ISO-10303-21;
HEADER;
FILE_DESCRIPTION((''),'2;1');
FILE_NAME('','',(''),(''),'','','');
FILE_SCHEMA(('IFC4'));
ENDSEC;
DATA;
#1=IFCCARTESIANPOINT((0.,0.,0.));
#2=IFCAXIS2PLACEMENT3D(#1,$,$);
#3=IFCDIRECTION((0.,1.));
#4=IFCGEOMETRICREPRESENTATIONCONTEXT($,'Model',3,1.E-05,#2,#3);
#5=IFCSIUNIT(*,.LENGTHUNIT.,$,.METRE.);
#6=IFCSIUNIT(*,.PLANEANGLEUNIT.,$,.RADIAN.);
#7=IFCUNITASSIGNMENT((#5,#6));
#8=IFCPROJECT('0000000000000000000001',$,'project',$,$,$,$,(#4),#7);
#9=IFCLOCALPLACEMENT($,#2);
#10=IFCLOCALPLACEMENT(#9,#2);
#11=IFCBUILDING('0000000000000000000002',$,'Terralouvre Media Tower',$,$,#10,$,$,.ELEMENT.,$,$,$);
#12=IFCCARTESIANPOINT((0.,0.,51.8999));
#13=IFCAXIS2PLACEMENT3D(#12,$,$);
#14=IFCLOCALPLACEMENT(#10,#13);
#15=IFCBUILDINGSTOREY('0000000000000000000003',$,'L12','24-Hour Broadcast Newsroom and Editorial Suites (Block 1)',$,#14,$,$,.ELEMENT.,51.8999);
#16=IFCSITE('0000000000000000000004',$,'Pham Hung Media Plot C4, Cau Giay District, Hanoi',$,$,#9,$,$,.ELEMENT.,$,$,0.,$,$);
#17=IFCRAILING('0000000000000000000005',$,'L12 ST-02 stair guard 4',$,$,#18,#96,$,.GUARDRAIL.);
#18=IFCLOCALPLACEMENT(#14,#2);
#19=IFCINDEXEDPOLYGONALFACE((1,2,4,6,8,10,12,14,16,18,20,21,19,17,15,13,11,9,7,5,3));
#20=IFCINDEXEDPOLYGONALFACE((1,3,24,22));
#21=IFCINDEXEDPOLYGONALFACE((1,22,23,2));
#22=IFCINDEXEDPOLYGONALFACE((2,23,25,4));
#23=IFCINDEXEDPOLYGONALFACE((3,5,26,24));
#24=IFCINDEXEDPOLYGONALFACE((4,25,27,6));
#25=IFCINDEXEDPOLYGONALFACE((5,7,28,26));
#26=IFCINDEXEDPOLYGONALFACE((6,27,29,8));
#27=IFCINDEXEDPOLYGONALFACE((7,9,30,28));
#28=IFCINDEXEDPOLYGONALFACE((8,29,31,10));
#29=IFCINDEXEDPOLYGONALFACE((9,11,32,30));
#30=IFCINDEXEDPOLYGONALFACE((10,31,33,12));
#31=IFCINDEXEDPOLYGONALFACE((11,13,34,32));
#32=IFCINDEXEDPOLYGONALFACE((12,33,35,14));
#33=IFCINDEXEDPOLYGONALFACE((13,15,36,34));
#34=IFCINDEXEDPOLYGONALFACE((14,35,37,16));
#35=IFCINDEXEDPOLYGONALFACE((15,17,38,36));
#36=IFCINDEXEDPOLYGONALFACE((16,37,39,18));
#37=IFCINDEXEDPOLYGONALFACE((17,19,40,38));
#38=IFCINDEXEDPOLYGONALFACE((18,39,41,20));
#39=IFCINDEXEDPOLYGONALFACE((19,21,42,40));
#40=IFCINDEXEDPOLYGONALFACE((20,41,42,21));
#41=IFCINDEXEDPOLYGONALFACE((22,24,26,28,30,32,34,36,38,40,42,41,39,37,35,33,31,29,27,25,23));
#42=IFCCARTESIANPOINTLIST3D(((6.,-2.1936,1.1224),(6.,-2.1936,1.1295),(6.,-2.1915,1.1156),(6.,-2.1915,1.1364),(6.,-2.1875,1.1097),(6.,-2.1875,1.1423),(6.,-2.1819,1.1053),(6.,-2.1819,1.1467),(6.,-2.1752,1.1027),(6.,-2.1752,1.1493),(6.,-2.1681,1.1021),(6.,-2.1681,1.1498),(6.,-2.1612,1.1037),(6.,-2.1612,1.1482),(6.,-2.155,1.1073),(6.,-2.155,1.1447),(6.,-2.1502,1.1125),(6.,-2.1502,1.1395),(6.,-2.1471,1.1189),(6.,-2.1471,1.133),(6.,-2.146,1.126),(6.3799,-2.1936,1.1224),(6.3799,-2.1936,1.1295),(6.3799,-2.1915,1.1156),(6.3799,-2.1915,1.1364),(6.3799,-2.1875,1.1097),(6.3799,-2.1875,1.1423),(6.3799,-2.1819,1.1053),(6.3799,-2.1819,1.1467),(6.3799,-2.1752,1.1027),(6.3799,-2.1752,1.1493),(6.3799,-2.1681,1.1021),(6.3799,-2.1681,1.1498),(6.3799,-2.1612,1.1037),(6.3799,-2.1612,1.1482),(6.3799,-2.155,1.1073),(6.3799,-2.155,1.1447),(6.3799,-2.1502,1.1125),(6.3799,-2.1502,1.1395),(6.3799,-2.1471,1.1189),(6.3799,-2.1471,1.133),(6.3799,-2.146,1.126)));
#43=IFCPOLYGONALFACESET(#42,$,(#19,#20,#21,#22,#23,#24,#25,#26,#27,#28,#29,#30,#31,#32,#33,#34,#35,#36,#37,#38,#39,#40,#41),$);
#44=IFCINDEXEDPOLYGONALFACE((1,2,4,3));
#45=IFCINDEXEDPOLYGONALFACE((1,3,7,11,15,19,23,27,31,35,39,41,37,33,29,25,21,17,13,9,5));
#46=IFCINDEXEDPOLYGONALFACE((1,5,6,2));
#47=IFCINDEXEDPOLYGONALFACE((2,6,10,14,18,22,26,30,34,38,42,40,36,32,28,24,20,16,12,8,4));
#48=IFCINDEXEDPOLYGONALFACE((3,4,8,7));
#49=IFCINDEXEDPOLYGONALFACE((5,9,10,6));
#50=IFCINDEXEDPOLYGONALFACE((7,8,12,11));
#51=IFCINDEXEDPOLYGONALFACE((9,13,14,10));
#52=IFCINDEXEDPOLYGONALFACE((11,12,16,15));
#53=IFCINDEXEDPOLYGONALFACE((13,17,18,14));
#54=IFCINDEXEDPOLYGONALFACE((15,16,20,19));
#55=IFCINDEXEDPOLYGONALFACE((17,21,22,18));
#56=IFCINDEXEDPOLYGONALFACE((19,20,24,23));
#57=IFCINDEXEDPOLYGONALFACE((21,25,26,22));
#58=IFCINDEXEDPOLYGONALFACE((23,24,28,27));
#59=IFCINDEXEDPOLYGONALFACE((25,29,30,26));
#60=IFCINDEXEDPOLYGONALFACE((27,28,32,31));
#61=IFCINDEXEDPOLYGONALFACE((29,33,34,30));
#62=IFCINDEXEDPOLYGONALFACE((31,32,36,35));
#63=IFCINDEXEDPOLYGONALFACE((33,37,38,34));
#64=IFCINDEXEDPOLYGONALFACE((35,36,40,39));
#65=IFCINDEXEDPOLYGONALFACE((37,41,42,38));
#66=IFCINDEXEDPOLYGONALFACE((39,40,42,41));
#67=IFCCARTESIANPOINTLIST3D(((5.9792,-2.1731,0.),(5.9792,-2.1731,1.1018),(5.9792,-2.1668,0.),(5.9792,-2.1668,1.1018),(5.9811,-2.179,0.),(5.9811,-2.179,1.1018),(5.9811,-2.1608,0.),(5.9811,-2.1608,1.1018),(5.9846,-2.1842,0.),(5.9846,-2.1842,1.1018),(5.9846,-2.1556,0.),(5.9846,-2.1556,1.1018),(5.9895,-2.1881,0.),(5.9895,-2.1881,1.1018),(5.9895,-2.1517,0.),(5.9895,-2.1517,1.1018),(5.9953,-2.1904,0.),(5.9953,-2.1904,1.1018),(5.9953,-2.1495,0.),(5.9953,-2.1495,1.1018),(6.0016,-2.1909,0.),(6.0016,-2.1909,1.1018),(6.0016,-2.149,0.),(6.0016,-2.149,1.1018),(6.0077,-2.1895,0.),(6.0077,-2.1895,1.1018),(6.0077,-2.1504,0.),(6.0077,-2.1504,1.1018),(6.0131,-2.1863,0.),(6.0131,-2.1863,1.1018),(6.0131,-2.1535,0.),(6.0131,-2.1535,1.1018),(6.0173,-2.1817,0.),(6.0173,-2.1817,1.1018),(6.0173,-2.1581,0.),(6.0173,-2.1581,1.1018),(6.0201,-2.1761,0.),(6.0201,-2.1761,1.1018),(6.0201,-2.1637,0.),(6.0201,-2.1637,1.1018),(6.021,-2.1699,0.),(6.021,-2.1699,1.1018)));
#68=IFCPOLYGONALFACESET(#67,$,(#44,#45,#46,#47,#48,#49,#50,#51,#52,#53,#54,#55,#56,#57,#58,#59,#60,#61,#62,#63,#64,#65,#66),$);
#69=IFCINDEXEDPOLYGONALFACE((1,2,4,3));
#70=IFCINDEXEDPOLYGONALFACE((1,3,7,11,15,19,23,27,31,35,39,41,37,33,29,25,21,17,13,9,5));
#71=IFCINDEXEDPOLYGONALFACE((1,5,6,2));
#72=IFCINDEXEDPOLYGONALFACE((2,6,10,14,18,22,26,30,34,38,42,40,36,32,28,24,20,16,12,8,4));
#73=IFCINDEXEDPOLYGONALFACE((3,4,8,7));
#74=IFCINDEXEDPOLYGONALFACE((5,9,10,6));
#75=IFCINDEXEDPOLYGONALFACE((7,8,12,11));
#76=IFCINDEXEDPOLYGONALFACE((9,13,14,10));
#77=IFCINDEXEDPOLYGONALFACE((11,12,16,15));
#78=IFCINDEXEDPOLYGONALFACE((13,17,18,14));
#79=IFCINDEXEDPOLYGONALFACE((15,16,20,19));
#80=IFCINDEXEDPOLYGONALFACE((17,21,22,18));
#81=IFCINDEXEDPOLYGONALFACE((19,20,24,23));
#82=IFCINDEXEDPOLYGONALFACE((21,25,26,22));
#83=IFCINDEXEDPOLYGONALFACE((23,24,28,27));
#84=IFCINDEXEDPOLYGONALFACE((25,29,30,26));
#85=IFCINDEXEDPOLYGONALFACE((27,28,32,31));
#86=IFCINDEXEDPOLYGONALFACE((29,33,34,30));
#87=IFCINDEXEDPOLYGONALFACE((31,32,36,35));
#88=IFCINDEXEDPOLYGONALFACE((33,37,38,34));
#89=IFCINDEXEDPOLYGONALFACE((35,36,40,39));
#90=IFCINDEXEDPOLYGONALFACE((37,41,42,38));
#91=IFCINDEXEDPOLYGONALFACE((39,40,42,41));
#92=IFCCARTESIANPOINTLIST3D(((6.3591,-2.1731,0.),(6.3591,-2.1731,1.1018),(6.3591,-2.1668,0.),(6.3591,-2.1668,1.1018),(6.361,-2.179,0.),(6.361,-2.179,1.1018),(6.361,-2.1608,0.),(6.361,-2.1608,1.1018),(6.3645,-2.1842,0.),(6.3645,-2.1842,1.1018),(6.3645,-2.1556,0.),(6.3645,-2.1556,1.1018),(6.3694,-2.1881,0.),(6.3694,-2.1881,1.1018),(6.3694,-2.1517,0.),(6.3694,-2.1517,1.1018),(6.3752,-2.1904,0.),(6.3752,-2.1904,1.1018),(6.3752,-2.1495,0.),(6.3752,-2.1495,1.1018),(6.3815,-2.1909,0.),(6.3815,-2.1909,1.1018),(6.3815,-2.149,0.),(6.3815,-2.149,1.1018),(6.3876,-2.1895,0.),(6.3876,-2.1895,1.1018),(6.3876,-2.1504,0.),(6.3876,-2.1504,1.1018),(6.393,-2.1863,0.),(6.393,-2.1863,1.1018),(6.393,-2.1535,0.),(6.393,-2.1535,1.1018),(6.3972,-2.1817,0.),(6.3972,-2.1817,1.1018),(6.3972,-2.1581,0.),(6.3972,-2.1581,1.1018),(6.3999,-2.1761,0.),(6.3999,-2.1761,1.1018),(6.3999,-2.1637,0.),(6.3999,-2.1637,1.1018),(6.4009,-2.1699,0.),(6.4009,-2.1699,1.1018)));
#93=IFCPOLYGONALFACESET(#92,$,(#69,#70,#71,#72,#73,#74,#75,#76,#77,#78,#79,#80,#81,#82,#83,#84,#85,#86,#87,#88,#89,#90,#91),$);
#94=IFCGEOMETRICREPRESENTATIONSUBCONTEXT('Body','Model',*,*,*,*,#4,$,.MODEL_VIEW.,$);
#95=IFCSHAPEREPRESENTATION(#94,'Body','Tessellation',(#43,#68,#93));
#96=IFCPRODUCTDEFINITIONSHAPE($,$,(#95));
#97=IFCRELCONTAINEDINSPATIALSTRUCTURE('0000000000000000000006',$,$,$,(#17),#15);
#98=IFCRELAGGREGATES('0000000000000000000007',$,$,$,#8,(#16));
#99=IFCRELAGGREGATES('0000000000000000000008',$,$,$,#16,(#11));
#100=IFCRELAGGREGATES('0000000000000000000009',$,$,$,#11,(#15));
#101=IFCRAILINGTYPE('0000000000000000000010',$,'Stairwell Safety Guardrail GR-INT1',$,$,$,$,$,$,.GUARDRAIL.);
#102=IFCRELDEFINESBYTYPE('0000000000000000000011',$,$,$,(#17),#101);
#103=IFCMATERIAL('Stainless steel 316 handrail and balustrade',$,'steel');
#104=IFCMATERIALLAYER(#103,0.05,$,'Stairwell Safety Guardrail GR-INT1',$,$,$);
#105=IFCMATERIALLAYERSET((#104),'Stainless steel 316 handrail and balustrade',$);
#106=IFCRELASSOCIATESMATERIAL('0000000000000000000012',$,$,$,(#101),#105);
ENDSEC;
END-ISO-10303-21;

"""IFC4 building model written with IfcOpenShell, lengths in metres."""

from ifc_helpers import new_model, si_unit, direction, frame, origin, origin_2d, place, context, subcontext, project, spatial, circle, extrude, material, layer, layer_set, type_object, element, save


model = new_model("IFC4")

# Units and contexts
model_context = context("Model", 3, precision=1e-05, world=origin(), true_north=direction((0.0, 1.0)))
body_context = subcontext(model_context, "Body", "Model", "MODEL_VIEW")
ifc_project = project(units=[si_unit("LENGTHUNIT", "METRE"), si_unit("PLANEANGLEUNIT", "RADIAN")], contexts=[model_context])

# Site, building, storey
site_placement = place(None, origin())
site = spatial("IfcSite", under=ifc_project, at=site_placement, Name="Pham Hung Media Plot C4, Cau Giay District, Hanoi", CompositionType="ELEMENT", RefElevation=0.0)
building_placement = place(site_placement, origin())
building = spatial("IfcBuilding", under=site, at=building_placement, Name="Terralouvre Media Tower", CompositionType="ELEMENT")
storey_placement = place(building_placement, frame((0.0, 0.0, 51.8999)))
storey = spatial("IfcBuildingStorey", under=building, at=storey_placement, Name="L12", Description="24-Hour Broadcast Newsroom and Editorial Suites (Block 1)", CompositionType="ELEMENT", Elevation=51.8999)

# Railing
ifc_material_1 = material(Name="Stainless steel 316 handrail and balustrade", Category="steel")
ifc_layer_1 = layer(ifc_material_1, 0.05, Name="Stairwell Safety Guardrail GR-INT1")
ifc_layer_set_1 = layer_set([ifc_layer_1], Name="Stainless steel 316 handrail and balustrade")
railing_type_1 = type_object("IfcRailingType", Name="Stairwell Safety Guardrail GR-INT1", PredefinedType="GUARDRAIL", material=ifc_layer_set_1)
railing_1_placement = place(storey_placement, frame((6.0, -2.1699, 0.0)))
element("IfcRailing", 1, at=railing_1_placement, inside=storey, type_object=railing_type_1, Name="L12 ST-02 stair guard 4", PredefinedType="GUARDRAIL", context=body_context, shape_type="SweptSolid", body=[
    extrude(circle(Radius=0.0239, at=origin_2d()), frame((0.0, 0.0, 1.126), z_axis=(1.0, 0.0, 0.0), x_axis=(0.0, 1.0, 0.0)), (0.0, 0.0, 1.0), 0.3799),
    extrude(circle(Radius=0.021, at=origin_2d()), origin(), (0.0, 0.0, 1.0), 1.1018),
    extrude(circle(Radius=0.021, at=origin_2d()), frame((0.3799, 0.0, 0.0)), (0.0, 0.0, 1.0), 1.1018),
])

save(model, "model.ifc")
